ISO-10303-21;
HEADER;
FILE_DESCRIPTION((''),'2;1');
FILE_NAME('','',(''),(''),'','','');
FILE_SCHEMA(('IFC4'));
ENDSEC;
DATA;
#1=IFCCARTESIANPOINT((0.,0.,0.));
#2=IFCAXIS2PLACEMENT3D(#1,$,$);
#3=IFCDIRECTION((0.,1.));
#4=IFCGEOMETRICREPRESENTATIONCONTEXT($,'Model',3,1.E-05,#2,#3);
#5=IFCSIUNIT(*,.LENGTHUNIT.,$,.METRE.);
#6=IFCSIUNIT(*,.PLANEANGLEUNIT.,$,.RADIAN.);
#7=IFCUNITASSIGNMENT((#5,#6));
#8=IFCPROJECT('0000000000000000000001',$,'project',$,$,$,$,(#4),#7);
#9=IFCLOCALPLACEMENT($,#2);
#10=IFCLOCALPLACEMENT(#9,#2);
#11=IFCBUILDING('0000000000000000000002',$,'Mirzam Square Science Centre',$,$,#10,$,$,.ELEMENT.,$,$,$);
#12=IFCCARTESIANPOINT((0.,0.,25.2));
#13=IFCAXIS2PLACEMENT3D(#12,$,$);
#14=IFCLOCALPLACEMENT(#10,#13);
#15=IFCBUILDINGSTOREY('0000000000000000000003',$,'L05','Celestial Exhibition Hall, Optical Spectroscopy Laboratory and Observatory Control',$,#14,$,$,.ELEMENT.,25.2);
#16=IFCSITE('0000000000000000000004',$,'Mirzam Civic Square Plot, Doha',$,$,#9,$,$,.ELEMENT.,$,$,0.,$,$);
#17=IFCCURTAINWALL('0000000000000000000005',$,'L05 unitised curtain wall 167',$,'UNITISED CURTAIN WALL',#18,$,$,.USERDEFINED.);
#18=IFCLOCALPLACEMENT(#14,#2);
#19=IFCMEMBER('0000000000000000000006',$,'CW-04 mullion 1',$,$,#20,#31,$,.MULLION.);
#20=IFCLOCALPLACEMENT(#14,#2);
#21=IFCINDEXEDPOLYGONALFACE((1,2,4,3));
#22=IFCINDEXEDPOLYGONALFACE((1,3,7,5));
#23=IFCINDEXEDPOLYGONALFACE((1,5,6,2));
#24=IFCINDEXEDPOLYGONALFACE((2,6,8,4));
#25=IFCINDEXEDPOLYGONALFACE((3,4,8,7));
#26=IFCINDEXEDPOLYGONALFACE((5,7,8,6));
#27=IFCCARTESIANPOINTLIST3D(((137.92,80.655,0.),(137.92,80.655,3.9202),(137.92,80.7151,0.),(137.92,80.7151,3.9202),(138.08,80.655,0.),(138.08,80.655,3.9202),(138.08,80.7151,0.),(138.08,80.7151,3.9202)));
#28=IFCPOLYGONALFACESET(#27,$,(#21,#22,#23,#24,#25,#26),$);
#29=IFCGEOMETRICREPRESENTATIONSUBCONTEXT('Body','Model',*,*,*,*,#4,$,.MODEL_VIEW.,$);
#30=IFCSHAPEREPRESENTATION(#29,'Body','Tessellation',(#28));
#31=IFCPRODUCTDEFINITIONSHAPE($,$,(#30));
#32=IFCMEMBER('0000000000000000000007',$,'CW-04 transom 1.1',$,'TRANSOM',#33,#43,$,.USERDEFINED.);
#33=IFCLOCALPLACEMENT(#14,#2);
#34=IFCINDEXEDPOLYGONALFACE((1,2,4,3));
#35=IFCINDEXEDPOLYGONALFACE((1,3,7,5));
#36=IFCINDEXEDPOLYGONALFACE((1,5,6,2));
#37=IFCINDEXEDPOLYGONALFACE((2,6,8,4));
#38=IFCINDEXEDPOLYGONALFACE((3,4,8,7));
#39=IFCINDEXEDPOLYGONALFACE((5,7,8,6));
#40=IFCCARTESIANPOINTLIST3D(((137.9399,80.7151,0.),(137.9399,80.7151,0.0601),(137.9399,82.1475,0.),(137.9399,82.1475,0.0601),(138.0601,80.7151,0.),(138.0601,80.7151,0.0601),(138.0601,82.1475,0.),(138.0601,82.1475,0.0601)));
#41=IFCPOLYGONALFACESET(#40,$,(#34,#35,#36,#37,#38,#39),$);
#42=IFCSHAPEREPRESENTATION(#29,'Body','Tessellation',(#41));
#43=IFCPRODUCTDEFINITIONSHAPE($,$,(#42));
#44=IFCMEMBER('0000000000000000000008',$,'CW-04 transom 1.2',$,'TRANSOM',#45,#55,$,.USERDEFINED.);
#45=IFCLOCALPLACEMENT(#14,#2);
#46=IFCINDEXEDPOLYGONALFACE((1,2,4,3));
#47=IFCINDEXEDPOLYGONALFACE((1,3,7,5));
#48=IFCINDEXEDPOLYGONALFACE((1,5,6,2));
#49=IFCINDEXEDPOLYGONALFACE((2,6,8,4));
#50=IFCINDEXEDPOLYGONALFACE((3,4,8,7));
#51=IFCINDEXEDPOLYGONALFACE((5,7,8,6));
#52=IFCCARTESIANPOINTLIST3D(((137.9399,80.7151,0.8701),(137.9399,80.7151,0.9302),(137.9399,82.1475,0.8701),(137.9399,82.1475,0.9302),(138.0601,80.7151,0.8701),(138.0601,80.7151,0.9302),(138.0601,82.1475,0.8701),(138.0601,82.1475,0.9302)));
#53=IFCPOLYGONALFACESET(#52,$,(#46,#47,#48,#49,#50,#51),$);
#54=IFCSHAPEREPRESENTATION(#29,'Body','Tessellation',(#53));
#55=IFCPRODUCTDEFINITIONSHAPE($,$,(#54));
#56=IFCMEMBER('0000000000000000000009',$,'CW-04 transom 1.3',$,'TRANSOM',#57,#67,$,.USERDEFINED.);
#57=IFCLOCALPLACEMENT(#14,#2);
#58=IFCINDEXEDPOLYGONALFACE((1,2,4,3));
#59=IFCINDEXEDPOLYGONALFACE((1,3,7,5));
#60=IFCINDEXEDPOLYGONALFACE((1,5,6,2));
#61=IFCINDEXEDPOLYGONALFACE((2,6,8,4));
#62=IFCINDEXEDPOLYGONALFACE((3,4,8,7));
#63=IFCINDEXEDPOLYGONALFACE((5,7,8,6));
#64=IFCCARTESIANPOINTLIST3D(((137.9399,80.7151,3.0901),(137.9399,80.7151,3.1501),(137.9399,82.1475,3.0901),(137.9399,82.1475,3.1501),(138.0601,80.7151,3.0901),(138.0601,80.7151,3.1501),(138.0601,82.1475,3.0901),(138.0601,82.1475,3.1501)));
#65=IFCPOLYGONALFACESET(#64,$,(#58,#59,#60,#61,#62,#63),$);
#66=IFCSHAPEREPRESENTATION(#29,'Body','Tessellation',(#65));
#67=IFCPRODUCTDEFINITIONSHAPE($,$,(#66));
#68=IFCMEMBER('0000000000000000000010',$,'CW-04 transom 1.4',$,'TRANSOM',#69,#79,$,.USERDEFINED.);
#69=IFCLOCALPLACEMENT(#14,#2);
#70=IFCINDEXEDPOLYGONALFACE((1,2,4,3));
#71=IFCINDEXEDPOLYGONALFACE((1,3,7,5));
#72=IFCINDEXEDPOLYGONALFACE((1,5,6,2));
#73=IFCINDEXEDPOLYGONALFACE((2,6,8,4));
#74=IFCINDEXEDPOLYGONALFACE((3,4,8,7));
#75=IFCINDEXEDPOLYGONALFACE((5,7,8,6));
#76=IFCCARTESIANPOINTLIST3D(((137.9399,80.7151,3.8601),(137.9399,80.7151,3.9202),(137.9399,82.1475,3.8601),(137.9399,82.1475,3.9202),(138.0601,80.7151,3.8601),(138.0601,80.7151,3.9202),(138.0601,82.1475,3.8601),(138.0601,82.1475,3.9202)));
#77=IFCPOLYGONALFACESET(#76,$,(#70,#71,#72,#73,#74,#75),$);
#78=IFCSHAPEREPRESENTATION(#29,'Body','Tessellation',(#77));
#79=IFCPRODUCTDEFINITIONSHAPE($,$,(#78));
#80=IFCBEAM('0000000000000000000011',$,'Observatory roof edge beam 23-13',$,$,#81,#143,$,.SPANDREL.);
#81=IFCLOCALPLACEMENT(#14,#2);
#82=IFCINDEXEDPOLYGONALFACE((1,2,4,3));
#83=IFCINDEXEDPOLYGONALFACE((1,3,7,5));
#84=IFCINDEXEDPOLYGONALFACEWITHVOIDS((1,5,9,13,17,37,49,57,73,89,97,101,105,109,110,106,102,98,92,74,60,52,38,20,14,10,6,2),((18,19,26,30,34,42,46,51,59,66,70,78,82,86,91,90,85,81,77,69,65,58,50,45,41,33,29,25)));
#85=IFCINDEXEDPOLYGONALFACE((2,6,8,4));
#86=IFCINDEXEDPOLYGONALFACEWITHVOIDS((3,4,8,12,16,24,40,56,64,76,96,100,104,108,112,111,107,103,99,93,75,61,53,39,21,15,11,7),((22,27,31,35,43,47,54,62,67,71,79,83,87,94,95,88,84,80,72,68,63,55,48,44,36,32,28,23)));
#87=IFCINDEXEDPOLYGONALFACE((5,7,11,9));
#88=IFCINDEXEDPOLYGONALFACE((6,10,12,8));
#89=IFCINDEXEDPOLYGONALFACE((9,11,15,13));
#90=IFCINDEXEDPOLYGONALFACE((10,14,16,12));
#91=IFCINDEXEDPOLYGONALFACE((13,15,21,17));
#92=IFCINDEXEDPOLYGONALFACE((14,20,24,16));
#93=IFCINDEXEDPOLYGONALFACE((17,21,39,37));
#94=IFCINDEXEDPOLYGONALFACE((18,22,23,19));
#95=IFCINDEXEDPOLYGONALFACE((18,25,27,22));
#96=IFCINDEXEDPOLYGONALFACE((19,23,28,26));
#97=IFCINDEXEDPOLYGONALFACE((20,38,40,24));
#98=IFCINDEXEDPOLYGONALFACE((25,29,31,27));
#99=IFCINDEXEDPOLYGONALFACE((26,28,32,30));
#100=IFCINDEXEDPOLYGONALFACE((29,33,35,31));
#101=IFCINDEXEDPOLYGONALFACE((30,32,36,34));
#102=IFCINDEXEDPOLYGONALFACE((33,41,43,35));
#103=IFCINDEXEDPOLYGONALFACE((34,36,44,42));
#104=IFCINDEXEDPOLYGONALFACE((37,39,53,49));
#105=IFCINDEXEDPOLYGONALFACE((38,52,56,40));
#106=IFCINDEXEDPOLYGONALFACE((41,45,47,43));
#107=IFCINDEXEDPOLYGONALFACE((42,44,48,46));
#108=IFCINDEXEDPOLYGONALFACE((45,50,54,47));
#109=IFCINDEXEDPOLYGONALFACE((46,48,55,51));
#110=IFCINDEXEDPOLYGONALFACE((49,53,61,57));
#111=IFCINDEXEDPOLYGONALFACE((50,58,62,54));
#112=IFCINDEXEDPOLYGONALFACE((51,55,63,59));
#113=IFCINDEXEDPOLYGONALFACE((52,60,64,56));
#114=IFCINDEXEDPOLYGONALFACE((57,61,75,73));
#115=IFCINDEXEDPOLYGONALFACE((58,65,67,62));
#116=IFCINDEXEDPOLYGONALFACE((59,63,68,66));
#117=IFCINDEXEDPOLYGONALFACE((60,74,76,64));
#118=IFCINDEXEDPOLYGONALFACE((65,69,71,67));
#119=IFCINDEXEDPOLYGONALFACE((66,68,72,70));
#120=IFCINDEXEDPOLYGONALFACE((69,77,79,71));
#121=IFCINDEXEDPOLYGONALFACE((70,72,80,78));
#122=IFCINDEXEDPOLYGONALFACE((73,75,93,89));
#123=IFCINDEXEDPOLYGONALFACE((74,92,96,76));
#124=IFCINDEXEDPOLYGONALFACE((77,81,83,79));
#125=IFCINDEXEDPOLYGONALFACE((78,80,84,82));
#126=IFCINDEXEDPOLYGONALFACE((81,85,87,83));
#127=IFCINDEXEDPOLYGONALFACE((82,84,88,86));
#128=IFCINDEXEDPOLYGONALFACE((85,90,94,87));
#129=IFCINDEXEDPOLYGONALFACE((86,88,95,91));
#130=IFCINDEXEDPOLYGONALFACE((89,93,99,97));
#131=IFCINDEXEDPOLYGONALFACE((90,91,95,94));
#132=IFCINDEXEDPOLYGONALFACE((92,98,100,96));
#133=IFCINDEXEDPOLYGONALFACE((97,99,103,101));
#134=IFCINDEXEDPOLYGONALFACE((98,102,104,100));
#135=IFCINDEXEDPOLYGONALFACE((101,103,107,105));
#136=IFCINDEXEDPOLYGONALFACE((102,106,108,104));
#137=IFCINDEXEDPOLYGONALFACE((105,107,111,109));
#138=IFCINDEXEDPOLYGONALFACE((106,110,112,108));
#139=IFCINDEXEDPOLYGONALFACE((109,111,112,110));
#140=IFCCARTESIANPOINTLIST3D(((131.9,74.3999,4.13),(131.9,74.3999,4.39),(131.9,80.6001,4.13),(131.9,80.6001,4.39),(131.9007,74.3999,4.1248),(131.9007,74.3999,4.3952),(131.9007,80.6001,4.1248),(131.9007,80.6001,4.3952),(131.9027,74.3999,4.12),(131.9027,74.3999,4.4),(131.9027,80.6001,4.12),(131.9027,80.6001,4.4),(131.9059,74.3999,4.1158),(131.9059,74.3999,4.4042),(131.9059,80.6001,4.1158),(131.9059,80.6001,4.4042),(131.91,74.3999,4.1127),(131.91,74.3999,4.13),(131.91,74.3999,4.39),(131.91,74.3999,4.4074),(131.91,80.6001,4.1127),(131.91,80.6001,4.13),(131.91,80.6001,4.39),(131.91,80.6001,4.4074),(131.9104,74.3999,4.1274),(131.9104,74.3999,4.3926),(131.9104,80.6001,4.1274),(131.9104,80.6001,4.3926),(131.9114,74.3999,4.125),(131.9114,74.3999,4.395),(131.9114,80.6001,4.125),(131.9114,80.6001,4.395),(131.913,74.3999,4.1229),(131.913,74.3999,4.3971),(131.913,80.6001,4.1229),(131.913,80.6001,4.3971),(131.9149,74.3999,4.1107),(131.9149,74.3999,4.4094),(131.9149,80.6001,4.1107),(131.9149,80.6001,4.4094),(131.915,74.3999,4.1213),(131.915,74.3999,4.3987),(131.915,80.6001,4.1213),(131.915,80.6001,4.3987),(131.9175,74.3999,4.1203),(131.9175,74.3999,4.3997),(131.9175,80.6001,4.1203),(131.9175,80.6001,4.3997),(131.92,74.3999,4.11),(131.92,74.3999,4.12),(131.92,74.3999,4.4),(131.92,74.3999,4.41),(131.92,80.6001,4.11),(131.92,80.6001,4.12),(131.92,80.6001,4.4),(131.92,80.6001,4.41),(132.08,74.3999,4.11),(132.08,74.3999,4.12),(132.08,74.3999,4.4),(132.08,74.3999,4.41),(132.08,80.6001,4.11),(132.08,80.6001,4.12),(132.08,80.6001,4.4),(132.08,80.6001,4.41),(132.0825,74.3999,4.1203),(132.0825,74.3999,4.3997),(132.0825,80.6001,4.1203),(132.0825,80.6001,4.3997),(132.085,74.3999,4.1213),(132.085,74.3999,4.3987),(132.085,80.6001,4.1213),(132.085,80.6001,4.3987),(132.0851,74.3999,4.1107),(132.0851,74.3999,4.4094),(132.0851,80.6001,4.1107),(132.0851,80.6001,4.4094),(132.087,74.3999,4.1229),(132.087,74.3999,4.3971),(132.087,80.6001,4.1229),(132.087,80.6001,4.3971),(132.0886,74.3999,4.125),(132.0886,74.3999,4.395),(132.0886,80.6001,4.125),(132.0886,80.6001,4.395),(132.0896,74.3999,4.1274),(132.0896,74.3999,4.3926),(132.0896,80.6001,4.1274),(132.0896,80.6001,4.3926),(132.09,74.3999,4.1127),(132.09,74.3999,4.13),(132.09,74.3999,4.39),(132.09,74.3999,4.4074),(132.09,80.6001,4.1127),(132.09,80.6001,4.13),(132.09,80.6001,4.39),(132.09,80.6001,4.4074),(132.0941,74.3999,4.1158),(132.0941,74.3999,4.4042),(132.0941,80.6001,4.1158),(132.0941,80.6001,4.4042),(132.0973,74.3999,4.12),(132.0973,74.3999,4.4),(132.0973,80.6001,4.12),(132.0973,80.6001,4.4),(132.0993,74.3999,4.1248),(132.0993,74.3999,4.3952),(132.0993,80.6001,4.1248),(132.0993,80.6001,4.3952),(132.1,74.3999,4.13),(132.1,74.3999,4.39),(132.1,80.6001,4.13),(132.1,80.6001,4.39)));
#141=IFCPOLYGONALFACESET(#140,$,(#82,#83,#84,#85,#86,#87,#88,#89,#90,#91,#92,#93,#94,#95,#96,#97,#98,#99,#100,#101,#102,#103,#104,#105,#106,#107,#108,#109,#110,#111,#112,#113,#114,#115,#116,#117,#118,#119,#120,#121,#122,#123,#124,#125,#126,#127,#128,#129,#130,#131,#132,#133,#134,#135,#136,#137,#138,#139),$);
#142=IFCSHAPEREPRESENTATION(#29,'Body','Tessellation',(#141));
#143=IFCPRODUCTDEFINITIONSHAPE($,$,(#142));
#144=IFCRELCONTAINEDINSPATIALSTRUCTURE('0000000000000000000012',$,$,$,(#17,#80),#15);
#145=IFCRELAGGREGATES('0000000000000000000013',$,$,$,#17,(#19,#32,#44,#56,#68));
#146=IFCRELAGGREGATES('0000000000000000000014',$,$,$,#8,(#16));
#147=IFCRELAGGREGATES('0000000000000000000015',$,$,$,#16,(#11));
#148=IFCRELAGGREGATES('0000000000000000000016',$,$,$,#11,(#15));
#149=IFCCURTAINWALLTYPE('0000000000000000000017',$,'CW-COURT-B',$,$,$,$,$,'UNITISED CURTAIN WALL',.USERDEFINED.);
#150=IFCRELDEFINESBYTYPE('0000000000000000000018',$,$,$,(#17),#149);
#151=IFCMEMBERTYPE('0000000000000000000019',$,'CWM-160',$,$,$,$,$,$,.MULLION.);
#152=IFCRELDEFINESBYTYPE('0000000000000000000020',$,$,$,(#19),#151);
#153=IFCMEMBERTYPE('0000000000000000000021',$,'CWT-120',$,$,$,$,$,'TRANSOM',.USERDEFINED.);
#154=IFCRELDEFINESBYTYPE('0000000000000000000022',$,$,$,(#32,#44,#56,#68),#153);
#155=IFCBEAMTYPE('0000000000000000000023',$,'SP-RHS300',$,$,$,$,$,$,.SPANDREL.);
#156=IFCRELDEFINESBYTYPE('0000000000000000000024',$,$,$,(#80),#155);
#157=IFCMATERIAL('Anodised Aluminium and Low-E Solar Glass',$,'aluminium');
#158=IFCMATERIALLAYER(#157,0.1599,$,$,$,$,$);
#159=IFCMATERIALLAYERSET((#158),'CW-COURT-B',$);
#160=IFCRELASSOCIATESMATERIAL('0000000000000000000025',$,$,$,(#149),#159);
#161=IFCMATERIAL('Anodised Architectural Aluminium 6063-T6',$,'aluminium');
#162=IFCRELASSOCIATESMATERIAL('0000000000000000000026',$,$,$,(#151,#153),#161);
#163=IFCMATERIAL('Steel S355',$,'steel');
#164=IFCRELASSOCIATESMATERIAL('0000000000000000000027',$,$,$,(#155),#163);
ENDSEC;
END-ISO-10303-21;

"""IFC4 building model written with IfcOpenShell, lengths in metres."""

from ifc_helpers import new_model, si_unit, direction, frame, origin, origin_2d, place, context, subcontext, project, spatial, rectangle, hollow_rectangle, extrude, material, layer, layer_set, material_profile, profile_set, type_object, element, aggregate, save


model = new_model("IFC4")

# Units and contexts
model_context = context("Model", 3, precision=1e-05, world=origin(), true_north=direction((0.0, 1.0)))
body_context = subcontext(model_context, "Body", "Model", "MODEL_VIEW")
ifc_project = project(units=[si_unit("LENGTHUNIT", "METRE"), si_unit("PLANEANGLEUNIT", "RADIAN")], contexts=[model_context])

# Site, building, storey
site_placement = place(None, origin())
site = spatial("IfcSite", under=ifc_project, at=site_placement, Name="Mirzam Civic Square Plot, Doha", CompositionType="ELEMENT", RefElevation=0.0)
building_placement = place(site_placement, origin())
building = spatial("IfcBuilding", under=site, at=building_placement, Name="Mirzam Square Science Centre", CompositionType="ELEMENT")
storey_placement = place(building_placement, frame((0.0, 0.0, 25.2)))
storey = spatial("IfcBuildingStorey", under=building, at=storey_placement, Name="L05", Description="Celestial Exhibition Hall, Optical Spectroscopy Laboratory and Observatory Control", CompositionType="ELEMENT", Elevation=25.2)

# Shared definitions
ifc_material_1 = material(Name="Steel S355", Category="steel")

# Curtain wall, members
ifc_material_2 = material(Name="Anodised Aluminium and Low-E Solar Glass", Category="aluminium")
ifc_layer_1 = layer(ifc_material_2, 0.1599)
ifc_layer_set_1 = layer_set([ifc_layer_1], Name="CW-COURT-B")
curtain_wall_type = type_object("IfcCurtainWallType", Name="CW-COURT-B", ElementType="UNITISED CURTAIN WALL", PredefinedType="USERDEFINED", material=ifc_layer_set_1)
curtain_wall_placement = place(storey_placement, origin())
curtain_wall = element("IfcCurtainWall", 1, at=curtain_wall_placement, inside=storey, type_object=curtain_wall_type, Name="L05 unitised curtain wall 167", ObjectType="UNITISED CURTAIN WALL", PredefinedType="USERDEFINED")
ifc_material_3 = material(Name="Anodised Architectural Aluminium 6063-T6", Category="aluminium")
ifc_material_profile_1 = material_profile(ifc_material_3, rectangle(XDim=0.0601, YDim=0.1599, at=origin_2d()), Name="ALU-MULL-160x60x4")
ifc_profile_set_1 = profile_set([ifc_material_profile_1], Name="Anodised Architectural Aluminium 6063-T6")
member_type_1 = type_object("IfcMemberType", Name="CWM-160", PredefinedType="MULLION", material=ifc_profile_set_1)
member_1_placement = place(storey_placement, frame((138.0, 80.6851, 0.0), z_axis=(0.0, 0.0, 1.0), x_axis=(0.0, 1.0, 0.0)))
member_1 = element("IfcMember", 2, at=member_1_placement, type_object=member_type_1, Name="CW-04 mullion 1", PredefinedType="MULLION", context=body_context, shape_type="SweptSolid", body=[
    extrude(rectangle(XDim=0.0601, YDim=0.1599, at=origin_2d()), origin(), (0.0, 0.0, 1.0), 3.9202),
])
ifc_material_profile_2 = material_profile(ifc_material_3, rectangle(XDim=0.1201, YDim=0.0601, at=origin_2d()), Name="ALU-TRAN-120x60x4")
ifc_profile_set_2 = profile_set([ifc_material_profile_2], Name="Anodised Architectural Aluminium 6063-T6")
member_type_2 = type_object("IfcMemberType", Name="CWT-120", ElementType="TRANSOM", PredefinedType="USERDEFINED", material=ifc_profile_set_2)
member_2_placement = place(storey_placement, frame((138.0, 80.7151, 0.03), z_axis=(0.0, 1.0, 0.0), x_axis=(-1.0, 0.0, 0.0)))
member_2 = element("IfcMember", 3, at=member_2_placement, type_object=member_type_2, Name="CW-04 transom 1.1", ObjectType="TRANSOM", PredefinedType="USERDEFINED", context=body_context, shape_type="SweptSolid", body=[
    extrude(rectangle(XDim=0.1201, YDim=0.0601, at=origin_2d()), origin(), (0.0, 0.0, 1.0), 1.4324),
])
member_3_placement = place(storey_placement, frame((138.0, 80.7151, 0.9001), z_axis=(0.0, 1.0, 0.0), x_axis=(-1.0, 0.0, 0.0)))
member_3 = element("IfcMember", 4, at=member_3_placement, type_object=member_type_2, Name="CW-04 transom 1.2", ObjectType="TRANSOM", PredefinedType="USERDEFINED", context=body_context, shape_type="SweptSolid", body=[
    extrude(rectangle(XDim=0.1201, YDim=0.0601, at=origin_2d()), origin(), (0.0, 0.0, 1.0), 1.4324),
])
member_4_placement = place(storey_placement, frame((138.0, 80.7151, 3.1201), z_axis=(0.0, 1.0, 0.0), x_axis=(-1.0, 0.0, 0.0)))
member_4 = element("IfcMember", 5, at=member_4_placement, type_object=member_type_2, Name="CW-04 transom 1.3", ObjectType="TRANSOM", PredefinedType="USERDEFINED", context=body_context, shape_type="SweptSolid", body=[
    extrude(rectangle(XDim=0.1201, YDim=0.0601, at=origin_2d()), origin(), (0.0, 0.0, 1.0), 1.4324),
])
member_5_placement = place(storey_placement, frame((138.0, 80.7151, 3.8901), z_axis=(0.0, 1.0, 0.0), x_axis=(-1.0, 0.0, 0.0)))
member_5 = element("IfcMember", 6, at=member_5_placement, type_object=member_type_2, Name="CW-04 transom 1.4", ObjectType="TRANSOM", PredefinedType="USERDEFINED", context=body_context, shape_type="SweptSolid", body=[
    extrude(rectangle(XDim=0.1201, YDim=0.0601, at=origin_2d()), origin(), (0.0, 0.0, 1.0), 1.4324),
])

# Beam
ifc_material_profile_3 = material_profile(ifc_material_1, hollow_rectangle(XDim=0.2, YDim=0.3, WallThickness=0.01, InnerFilletRadius=0.01, OuterFilletRadius=0.02, at=origin_2d()), Name="300x200x10.0RHS")
ifc_profile_set_3 = profile_set([ifc_material_profile_3], Name="Steel S355")
beam_type_1 = type_object("IfcBeamType", Name="SP-RHS300", PredefinedType="SPANDREL", material=ifc_profile_set_3)
beam_1_placement = place(storey_placement, frame((132.0, 74.3999, 4.26), z_axis=(0.0, 1.0, 0.0), x_axis=(-1.0, 0.0, 0.0)))
element("IfcBeam", 7, at=beam_1_placement, inside=storey, type_object=beam_type_1, Name="Observatory roof edge beam 23-13", PredefinedType="SPANDREL", context=body_context, shape_type="SweptSolid", body=[
    extrude(hollow_rectangle(XDim=0.2, YDim=0.3, WallThickness=0.01, InnerFilletRadius=0.01, OuterFilletRadius=0.02, at=origin_2d()), origin(), (0.0, 0.0, 1.0), 6.2002),
])

aggregate(curtain_wall, [member_1, member_2, member_3, member_4, member_5])

save(model, "model.ifc")
